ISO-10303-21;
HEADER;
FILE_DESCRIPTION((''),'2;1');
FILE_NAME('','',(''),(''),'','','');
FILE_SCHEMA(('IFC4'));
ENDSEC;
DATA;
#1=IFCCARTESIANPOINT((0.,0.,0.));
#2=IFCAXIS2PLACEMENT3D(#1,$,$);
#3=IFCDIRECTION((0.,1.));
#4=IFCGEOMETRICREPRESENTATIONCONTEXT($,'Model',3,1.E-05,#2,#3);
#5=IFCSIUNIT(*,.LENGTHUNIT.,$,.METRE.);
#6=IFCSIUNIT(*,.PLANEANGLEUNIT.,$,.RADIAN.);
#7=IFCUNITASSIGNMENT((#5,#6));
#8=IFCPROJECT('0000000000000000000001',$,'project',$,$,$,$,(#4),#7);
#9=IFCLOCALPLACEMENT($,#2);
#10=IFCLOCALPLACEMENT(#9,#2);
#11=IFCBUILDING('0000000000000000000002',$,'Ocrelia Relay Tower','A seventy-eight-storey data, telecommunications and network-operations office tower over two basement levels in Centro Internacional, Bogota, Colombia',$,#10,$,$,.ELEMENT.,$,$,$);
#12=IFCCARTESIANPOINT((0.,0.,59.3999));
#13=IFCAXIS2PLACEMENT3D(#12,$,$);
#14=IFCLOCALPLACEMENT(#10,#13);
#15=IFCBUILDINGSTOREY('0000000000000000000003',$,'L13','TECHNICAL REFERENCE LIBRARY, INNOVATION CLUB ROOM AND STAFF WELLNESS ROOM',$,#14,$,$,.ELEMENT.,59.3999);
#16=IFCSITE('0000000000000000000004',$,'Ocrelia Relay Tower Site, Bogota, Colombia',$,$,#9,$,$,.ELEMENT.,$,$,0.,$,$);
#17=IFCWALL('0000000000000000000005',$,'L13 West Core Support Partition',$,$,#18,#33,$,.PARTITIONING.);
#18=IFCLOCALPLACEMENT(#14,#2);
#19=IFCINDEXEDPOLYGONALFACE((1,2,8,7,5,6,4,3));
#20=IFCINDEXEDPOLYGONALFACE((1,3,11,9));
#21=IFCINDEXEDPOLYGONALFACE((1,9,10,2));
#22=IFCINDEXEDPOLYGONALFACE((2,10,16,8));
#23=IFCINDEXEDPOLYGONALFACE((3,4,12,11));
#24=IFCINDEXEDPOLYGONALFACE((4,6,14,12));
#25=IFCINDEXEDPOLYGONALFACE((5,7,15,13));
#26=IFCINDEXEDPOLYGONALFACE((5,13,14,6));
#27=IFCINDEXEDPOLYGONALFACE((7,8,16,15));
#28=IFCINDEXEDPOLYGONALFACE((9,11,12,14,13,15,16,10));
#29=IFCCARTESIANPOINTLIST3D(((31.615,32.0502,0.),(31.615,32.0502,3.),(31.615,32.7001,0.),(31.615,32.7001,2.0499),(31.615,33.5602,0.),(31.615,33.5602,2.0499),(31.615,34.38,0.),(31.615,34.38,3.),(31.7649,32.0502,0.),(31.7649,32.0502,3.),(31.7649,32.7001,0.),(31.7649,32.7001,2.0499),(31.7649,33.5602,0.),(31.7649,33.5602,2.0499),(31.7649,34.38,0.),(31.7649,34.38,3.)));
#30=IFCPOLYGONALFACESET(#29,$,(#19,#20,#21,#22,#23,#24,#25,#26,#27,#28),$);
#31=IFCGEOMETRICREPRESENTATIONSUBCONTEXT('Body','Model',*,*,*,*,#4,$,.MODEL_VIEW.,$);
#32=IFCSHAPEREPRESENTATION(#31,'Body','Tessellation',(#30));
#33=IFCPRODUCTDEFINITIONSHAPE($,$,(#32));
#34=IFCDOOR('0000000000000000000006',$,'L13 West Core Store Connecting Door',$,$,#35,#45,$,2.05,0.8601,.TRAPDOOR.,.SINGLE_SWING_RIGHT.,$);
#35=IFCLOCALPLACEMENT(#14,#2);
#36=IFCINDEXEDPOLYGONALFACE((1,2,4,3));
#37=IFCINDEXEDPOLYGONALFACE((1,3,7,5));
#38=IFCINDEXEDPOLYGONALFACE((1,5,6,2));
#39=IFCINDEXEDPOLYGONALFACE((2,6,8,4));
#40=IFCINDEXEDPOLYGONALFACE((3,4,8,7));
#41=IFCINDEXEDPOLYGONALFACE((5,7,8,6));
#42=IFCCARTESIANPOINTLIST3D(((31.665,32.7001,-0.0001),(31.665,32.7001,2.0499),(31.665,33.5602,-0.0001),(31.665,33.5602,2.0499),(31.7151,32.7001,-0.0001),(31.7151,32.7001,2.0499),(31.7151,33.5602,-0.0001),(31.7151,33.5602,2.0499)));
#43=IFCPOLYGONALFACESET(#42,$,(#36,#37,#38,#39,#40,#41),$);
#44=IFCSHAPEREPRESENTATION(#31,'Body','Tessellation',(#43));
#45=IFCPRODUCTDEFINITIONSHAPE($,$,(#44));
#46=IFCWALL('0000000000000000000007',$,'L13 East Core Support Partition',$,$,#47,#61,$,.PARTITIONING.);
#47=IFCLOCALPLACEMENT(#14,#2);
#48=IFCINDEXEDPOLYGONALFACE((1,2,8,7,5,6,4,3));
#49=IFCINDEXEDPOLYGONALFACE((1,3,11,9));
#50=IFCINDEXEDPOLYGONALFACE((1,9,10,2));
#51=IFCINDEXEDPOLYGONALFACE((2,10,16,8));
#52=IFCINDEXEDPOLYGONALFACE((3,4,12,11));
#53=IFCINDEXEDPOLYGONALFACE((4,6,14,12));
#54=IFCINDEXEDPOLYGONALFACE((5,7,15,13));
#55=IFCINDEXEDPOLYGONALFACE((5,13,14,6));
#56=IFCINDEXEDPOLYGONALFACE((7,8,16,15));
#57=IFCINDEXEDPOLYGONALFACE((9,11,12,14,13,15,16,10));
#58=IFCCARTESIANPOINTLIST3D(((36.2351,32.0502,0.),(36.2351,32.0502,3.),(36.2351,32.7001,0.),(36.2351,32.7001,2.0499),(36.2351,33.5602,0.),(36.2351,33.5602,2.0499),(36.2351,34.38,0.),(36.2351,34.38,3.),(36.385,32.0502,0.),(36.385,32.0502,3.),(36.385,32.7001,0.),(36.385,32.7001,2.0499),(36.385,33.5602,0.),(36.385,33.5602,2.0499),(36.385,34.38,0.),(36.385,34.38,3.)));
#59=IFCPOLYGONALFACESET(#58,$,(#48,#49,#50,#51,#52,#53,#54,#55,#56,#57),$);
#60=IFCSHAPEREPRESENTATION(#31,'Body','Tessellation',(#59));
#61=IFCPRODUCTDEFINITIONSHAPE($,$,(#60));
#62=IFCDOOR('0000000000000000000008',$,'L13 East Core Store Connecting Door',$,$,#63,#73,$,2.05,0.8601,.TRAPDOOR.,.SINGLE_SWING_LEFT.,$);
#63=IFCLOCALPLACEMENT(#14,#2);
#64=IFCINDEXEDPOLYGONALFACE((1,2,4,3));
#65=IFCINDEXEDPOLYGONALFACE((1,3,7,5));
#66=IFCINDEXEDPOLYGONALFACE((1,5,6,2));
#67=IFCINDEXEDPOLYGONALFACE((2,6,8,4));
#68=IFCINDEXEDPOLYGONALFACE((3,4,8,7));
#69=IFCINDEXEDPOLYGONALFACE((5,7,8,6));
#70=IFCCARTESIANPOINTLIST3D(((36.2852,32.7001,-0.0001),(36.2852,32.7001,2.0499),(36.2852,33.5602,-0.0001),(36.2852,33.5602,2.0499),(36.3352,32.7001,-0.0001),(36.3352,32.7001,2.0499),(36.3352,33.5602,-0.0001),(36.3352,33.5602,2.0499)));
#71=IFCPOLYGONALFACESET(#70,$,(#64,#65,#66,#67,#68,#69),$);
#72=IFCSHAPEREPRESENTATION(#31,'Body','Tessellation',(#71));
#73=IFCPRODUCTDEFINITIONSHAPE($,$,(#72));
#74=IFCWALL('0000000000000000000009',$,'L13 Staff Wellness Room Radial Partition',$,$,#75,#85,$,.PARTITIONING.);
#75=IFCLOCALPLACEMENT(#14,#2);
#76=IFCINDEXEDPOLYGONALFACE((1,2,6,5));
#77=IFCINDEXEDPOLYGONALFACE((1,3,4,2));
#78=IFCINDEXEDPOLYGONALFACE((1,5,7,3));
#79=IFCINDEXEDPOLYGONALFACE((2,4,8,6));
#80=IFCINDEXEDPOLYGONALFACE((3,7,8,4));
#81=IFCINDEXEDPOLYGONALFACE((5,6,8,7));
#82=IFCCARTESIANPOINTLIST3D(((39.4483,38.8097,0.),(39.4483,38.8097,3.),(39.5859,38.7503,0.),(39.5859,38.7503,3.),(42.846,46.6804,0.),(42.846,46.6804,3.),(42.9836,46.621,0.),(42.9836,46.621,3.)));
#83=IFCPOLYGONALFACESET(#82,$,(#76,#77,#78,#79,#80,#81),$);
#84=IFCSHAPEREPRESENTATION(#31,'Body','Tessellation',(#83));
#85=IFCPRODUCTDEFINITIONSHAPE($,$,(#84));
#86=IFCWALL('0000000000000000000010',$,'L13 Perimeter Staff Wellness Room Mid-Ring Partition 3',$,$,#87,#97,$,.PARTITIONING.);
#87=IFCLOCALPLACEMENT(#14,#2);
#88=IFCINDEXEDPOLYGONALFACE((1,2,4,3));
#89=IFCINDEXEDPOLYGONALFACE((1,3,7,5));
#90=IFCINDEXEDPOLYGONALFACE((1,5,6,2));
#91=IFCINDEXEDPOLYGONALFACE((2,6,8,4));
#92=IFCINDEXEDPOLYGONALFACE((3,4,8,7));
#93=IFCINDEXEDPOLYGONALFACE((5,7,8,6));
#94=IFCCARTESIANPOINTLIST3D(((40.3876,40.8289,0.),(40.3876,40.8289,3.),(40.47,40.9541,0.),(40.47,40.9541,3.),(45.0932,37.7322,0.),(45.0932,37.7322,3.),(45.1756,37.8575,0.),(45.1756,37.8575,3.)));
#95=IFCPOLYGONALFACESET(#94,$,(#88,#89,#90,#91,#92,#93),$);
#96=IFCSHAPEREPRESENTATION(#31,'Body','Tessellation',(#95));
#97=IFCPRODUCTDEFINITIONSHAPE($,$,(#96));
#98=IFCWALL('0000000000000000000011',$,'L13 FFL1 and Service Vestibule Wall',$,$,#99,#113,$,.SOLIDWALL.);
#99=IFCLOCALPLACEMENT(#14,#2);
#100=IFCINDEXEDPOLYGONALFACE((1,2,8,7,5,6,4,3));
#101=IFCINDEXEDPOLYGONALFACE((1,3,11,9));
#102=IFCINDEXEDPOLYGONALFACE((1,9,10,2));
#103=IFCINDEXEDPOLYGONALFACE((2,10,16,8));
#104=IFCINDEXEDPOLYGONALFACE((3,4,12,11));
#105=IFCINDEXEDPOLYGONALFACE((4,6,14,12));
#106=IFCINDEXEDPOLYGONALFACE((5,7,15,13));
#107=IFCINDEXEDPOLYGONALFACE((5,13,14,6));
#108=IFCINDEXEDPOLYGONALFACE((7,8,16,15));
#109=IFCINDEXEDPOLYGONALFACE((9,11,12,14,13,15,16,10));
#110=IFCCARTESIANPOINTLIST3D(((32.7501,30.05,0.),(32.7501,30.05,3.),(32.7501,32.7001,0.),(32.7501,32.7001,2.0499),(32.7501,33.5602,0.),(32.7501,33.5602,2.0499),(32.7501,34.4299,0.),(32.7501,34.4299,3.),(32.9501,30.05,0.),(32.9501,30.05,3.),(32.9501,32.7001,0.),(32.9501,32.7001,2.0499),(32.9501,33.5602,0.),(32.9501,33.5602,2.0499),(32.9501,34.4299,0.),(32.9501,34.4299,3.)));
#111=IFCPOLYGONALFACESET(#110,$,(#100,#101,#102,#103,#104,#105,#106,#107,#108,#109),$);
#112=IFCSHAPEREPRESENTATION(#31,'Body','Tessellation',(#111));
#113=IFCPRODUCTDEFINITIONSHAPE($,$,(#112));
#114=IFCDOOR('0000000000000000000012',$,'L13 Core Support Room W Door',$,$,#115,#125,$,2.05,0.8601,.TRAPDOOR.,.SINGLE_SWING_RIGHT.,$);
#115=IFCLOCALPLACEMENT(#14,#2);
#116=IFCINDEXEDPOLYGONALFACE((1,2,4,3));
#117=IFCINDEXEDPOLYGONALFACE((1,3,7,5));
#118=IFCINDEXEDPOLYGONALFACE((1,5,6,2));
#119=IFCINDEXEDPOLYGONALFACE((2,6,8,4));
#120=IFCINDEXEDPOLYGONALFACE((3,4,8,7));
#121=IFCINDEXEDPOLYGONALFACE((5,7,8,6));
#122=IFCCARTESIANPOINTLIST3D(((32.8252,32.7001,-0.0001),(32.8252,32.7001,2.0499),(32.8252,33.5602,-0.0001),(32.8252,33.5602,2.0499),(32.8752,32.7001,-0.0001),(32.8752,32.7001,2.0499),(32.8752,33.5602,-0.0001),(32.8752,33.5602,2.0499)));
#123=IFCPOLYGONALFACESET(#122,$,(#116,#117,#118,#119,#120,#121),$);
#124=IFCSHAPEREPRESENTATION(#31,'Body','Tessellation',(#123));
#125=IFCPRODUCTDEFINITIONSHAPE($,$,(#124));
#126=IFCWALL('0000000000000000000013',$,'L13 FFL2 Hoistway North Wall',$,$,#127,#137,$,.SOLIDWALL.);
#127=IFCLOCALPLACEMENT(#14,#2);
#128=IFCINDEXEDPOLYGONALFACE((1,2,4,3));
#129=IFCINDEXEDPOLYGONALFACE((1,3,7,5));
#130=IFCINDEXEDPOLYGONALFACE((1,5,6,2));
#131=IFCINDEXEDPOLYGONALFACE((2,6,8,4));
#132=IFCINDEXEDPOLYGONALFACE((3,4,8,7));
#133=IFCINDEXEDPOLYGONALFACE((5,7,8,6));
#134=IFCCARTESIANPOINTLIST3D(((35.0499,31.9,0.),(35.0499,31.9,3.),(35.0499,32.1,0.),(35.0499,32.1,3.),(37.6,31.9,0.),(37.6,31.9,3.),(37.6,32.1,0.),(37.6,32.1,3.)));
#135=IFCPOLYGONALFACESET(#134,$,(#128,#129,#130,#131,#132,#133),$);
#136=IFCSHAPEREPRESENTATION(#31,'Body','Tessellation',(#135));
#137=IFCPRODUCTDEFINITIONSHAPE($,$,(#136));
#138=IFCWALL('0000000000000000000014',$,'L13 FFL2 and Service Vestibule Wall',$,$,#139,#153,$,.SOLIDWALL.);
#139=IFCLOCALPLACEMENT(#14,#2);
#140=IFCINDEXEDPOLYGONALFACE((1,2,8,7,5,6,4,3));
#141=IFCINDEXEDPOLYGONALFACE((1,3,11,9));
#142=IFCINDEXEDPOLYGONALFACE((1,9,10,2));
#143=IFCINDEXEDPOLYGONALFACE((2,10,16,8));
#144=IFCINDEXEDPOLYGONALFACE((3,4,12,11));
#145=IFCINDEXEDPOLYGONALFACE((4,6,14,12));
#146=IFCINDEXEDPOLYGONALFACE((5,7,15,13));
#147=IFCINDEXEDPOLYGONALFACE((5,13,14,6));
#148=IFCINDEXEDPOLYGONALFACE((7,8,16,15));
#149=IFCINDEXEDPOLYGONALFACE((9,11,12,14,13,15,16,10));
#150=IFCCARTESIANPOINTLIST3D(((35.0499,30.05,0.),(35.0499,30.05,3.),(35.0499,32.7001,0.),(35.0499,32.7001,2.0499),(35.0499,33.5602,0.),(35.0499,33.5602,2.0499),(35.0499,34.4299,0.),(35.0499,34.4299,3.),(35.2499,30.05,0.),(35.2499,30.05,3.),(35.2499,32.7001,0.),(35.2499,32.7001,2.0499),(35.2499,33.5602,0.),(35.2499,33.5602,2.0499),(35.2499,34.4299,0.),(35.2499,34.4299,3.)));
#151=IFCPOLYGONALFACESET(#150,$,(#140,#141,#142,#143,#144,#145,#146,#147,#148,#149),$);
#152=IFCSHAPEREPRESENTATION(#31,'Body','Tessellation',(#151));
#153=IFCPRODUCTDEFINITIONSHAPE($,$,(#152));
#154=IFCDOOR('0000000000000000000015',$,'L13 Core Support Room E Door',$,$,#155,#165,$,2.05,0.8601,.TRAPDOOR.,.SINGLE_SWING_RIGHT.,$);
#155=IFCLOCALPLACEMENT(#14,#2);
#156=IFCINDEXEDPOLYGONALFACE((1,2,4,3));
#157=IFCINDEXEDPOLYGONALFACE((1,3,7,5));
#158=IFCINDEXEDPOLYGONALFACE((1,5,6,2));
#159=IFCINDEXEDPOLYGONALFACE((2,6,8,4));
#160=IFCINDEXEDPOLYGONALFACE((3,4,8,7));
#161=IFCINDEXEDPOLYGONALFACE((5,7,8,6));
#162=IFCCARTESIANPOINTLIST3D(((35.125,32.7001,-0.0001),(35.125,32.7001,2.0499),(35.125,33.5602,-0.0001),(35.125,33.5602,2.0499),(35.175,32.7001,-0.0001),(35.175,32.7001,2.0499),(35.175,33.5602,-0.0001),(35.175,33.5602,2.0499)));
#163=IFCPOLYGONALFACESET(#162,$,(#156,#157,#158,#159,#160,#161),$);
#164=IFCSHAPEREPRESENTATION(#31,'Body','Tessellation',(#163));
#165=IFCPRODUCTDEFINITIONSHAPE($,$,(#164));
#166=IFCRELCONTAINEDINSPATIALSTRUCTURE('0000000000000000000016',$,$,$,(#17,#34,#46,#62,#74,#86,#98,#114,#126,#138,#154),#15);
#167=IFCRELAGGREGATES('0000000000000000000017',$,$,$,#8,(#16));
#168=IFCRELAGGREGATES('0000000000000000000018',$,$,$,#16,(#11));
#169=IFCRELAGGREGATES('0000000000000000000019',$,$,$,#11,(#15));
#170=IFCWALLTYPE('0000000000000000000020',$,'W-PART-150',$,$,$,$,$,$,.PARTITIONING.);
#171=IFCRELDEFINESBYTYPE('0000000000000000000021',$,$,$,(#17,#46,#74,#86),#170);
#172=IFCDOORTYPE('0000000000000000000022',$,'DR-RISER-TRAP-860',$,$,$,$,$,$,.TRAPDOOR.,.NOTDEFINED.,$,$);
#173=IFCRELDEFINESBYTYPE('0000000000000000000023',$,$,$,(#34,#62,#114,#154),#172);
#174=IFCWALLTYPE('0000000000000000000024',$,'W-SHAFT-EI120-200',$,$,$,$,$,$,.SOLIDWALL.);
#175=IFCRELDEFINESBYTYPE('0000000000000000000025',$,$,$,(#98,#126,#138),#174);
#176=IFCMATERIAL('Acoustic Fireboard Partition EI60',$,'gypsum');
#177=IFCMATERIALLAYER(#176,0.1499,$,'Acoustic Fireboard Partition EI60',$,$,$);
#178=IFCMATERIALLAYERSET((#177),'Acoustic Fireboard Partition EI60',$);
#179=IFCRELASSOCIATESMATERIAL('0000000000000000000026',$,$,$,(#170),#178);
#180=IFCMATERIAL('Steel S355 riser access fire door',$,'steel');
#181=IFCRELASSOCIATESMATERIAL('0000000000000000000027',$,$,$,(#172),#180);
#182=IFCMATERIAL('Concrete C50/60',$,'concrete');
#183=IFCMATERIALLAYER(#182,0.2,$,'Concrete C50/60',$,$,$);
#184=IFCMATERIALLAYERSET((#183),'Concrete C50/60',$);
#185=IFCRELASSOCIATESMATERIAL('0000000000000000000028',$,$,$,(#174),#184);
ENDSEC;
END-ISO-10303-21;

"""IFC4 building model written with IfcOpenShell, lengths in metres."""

from ifc_helpers import new_model, si_unit, direction, frame, frame_2d, origin, place, context, subcontext, project, spatial, rectangle, extrude, material, layer, layer_set, type_object, element, fill, save


model = new_model("IFC4")

# Units and contexts
model_context = context("Model", 3, precision=1e-05, world=origin(), true_north=direction((0.0, 1.0)))
body_context = subcontext(model_context, "Body", "Model", "MODEL_VIEW")
ifc_project = project(units=[si_unit("LENGTHUNIT", "METRE"), si_unit("PLANEANGLEUNIT", "RADIAN")], contexts=[model_context])

# Site, building, storey
site_placement = place(None, origin())
site = spatial("IfcSite", under=ifc_project, at=site_placement, Name="Ocrelia Relay Tower Site, Bogota, Colombia", CompositionType="ELEMENT", RefElevation=0.0)
building_placement = place(site_placement, origin())
building = spatial("IfcBuilding", under=site, at=building_placement, Name="Ocrelia Relay Tower", Description="A seventy-eight-storey data, telecommunications and network-operations office tower over two basement levels in Centro Internacional, Bogota, Colombia", CompositionType="ELEMENT")
storey_placement = place(building_placement, frame((0.0, 0.0, 59.3999)))
storey = spatial("IfcBuildingStorey", under=building, at=storey_placement, Name="L13", Description="TECHNICAL REFERENCE LIBRARY, INNOVATION CLUB ROOM AND STAFF WELLNESS ROOM", CompositionType="ELEMENT", Elevation=59.3999)

# Shared definitions
ifc_material_1 = material(Name="Concrete C50/60", Category="concrete")

# Walls, openings, doors
ifc_material_2 = material(Name="Acoustic Fireboard Partition EI60", Category="gypsum")
ifc_layer_1 = layer(ifc_material_2, 0.1499, Name="Acoustic Fireboard Partition EI60")
ifc_layer_set_1 = layer_set([ifc_layer_1], Name="Acoustic Fireboard Partition EI60")
wall_type_1 = type_object("IfcWallType", Name="W-PART-150", PredefinedType="PARTITIONING", material=ifc_layer_set_1)
wall_1_placement = place(storey_placement, frame((31.6899, 32.05, 0.0), z_axis=(0.0, 0.0, 1.0), x_axis=(0.0, 1.0, 0.0)))
wall_1 = element("IfcWall", 1, at=wall_1_placement, inside=storey, type_object=wall_type_1, Name="L13 West Core Support Partition", PredefinedType="PARTITIONING", context=body_context, shape_type="SweptSolid", body=[
    extrude(rectangle(XDim=2.3298, YDim=0.1499, at=frame_2d((1.165, 0.0))), origin(), (0.0, 0.0, 1.0), 3.0),
])
opening_1_placement = place(wall_1_placement, frame((0.6499, 0.0, 0.0)))
opening_1 = element("IfcOpeningElement", 2, at=opening_1_placement, cuts=wall_1, PredefinedType="OPENING", context=body_context, shape_type="SweptSolid", body=[
    extrude(rectangle(XDim=0.8601, YDim=2.05, at=frame_2d((0.4302, 1.0249))), frame((0.0, 0.085, 0.0), z_axis=(0.0, -1.0, 0.0), x_axis=(1.0, 0.0, 0.0)), (0.0, 0.0, 1.0), 0.1699),
])
ifc_material_3 = material(Name="Steel S355 riser access fire door", Category="steel")
door_type_1 = type_object("IfcDoorType", Name="DR-RISER-TRAP-860", OperationType="NOTDEFINED", PredefinedType="TRAPDOOR", material=ifc_material_3)
door_1_placement = place(opening_1_placement, origin())
door_1 = element("IfcDoor", 3, at=door_1_placement, inside=storey, type_object=door_type_1, Name="L13 West Core Store Connecting Door", OperationType="SINGLE_SWING_RIGHT", OverallHeight=2.05, OverallWidth=0.8601, PredefinedType="TRAPDOOR", context=body_context, shape_type="SweptSolid", body=[
    extrude(rectangle(XDim=0.8601, YDim=2.05, at=frame_2d((0.4302, 1.0249))), frame((0.0, 0.0249, 0.0), z_axis=(0.0, -1.0, 0.0), x_axis=(1.0, 0.0, 0.0)), (0.0, 0.0, 1.0), 0.05),
])
fill(opening_1, door_1)
wall_2_placement = place(storey_placement, frame((36.3101, 32.05, 0.0), z_axis=(0.0, 0.0, 1.0), x_axis=(0.0, 1.0, 0.0)))
wall_2 = element("IfcWall", 4, at=wall_2_placement, inside=storey, type_object=wall_type_1, Name="L13 East Core Support Partition", PredefinedType="PARTITIONING", context=body_context, shape_type="SweptSolid", body=[
    extrude(rectangle(XDim=2.3298, YDim=0.1499, at=frame_2d((1.165, 0.0))), origin(), (0.0, 0.0, 1.0), 3.0),
])
opening_2_placement = place(wall_2_placement, frame((0.6499, 0.0, 0.0)))
opening_2 = element("IfcOpeningElement", 5, at=opening_2_placement, cuts=wall_2, PredefinedType="OPENING", context=body_context, shape_type="SweptSolid", body=[
    extrude(rectangle(XDim=0.8601, YDim=2.05, at=frame_2d((0.4302, 1.0249))), frame((0.0, 0.085, 0.0), z_axis=(0.0, -1.0, 0.0), x_axis=(1.0, 0.0, 0.0)), (0.0, 0.0, 1.0), 0.1699),
])
door_2_placement = place(opening_2_placement, origin())
door_2 = element("IfcDoor", 6, at=door_2_placement, inside=storey, type_object=door_type_1, Name="L13 East Core Store Connecting Door", OperationType="SINGLE_SWING_LEFT", OverallHeight=2.05, OverallWidth=0.8601, PredefinedType="TRAPDOOR", context=body_context, shape_type="SweptSolid", body=[
    extrude(rectangle(XDim=0.8601, YDim=2.05, at=frame_2d((0.4302, 1.0249))), frame((0.0, 0.0249, 0.0), z_axis=(0.0, -1.0, 0.0), x_axis=(1.0, 0.0, 0.0)), (0.0, 0.0, 1.0), 0.05),
])
fill(opening_2, door_2)

# Walls
wall_3_placement = place(storey_placement, frame((39.5171, 38.78, 0.0), z_axis=(0.0, 0.0, 1.0), x_axis=(0.396341, 0.918103, 0.0)))
element("IfcWall", 7, at=wall_3_placement, inside=storey, type_object=wall_type_1, Name="L13 Staff Wellness Room Radial Partition", PredefinedType="PARTITIONING", context=body_context, shape_type="SweptSolid", body=[
    extrude(rectangle(XDim=8.5728, YDim=0.1499, at=frame_2d((4.2864, 0.0))), origin(), (0.0, 0.0, 1.0), 3.0),
])
wall_4_placement = place(storey_placement, frame((45.1343, 37.7949, 0.0), z_axis=(0.0, 0.0, 1.0), x_axis=(-0.835343, 0.54973, 0.0)))
element("IfcWall", 8, at=wall_4_placement, inside=storey, type_object=wall_type_1, Name="L13 Perimeter Staff Wellness Room Mid-Ring Partition 3", PredefinedType="PARTITIONING", context=body_context, shape_type="SweptSolid", body=[
    extrude(rectangle(XDim=5.6331, YDim=0.1499, at=frame_2d((2.8164, 0.0))), origin(), (0.0, 0.0, 1.0), 3.0),
])

# Wall, opening, door
ifc_layer_2 = layer(ifc_material_1, 0.2, Name="Concrete C50/60")
ifc_layer_set_2 = layer_set([ifc_layer_2], Name="Concrete C50/60")
wall_type_2 = type_object("IfcWallType", Name="W-SHAFT-EI120-200", PredefinedType="SOLIDWALL", material=ifc_layer_set_2)
wall_5_placement = place(storey_placement, frame((32.8501, 30.05, 0.0), z_axis=(0.0, 0.0, 1.0), x_axis=(0.0, 1.0, 0.0)))
wall_5 = element("IfcWall", 9, at=wall_5_placement, inside=storey, type_object=wall_type_2, Name="L13 FFL1 and Service Vestibule Wall", PredefinedType="SOLIDWALL", context=body_context, shape_type="SweptSolid", body=[
    extrude(rectangle(XDim=4.3799, YDim=0.2, at=frame_2d((2.1899, 0.0))), origin(), (0.0, 0.0, 1.0), 3.0),
])
opening_3_placement = place(wall_5_placement, frame((2.6499, 0.0, 0.0)))
opening_3 = element("IfcOpeningElement", 10, at=opening_3_placement, cuts=wall_5, PredefinedType="OPENING", context=body_context, shape_type="SweptSolid", body=[
    extrude(rectangle(XDim=0.8601, YDim=2.05, at=frame_2d((0.4302, 1.0249))), frame((0.0, 0.1099, 0.0), z_axis=(0.0, -1.0, 0.0), x_axis=(1.0, 0.0, 0.0)), (0.0, 0.0, 1.0), 0.22),
])
door_3_placement = place(opening_3_placement, origin())
door_3 = element("IfcDoor", 11, at=door_3_placement, inside=storey, type_object=door_type_1, Name="L13 Core Support Room W Door", OperationType="SINGLE_SWING_RIGHT", OverallHeight=2.05, OverallWidth=0.8601, PredefinedType="TRAPDOOR", context=body_context, shape_type="SweptSolid", body=[
    extrude(rectangle(XDim=0.8601, YDim=2.05, at=frame_2d((0.4302, 1.0249))), frame((0.0, 0.0249, 0.0), z_axis=(0.0, -1.0, 0.0), x_axis=(1.0, 0.0, 0.0)), (0.0, 0.0, 1.0), 0.05),
])
fill(opening_3, door_3)

# Wall
wall_6_placement = place(storey_placement, frame((35.05, 32.0, 0.0), z_axis=(0.0, 0.0, 1.0), x_axis=(1.0, 0.0, 0.0)))
element("IfcWall", 12, at=wall_6_placement, inside=storey, type_object=wall_type_2, Name="L13 FFL2 Hoistway North Wall", PredefinedType="SOLIDWALL", context=body_context, shape_type="SweptSolid", body=[
    extrude(rectangle(XDim=2.55, YDim=0.2, at=frame_2d((1.2749, 0.0))), origin(), (0.0, 0.0, 1.0), 3.0),
])

# Wall, opening, door
wall_7_placement = place(storey_placement, frame((35.1499, 30.05, 0.0), z_axis=(0.0, 0.0, 1.0), x_axis=(0.0, 1.0, 0.0)))
wall_7 = element("IfcWall", 13, at=wall_7_placement, inside=storey, type_object=wall_type_2, Name="L13 FFL2 and Service Vestibule Wall", PredefinedType="SOLIDWALL", context=body_context, shape_type="SweptSolid", body=[
    extrude(rectangle(XDim=4.3799, YDim=0.2, at=frame_2d((2.1899, 0.0))), origin(), (0.0, 0.0, 1.0), 3.0),
])
opening_4_placement = place(wall_7_placement, frame((2.6499, 0.0, 0.0)))
opening_4 = element("IfcOpeningElement", 14, at=opening_4_placement, cuts=wall_7, PredefinedType="OPENING", context=body_context, shape_type="SweptSolid", body=[
    extrude(rectangle(XDim=0.8601, YDim=2.05, at=frame_2d((0.4302, 1.0249))), frame((0.0, 0.1099, 0.0), z_axis=(0.0, -1.0, 0.0), x_axis=(1.0, 0.0, 0.0)), (0.0, 0.0, 1.0), 0.22),
])
door_4_placement = place(opening_4_placement, origin())
door_4 = element("IfcDoor", 15, at=door_4_placement, inside=storey, type_object=door_type_1, Name="L13 Core Support Room E Door", OperationType="SINGLE_SWING_RIGHT", OverallHeight=2.05, OverallWidth=0.8601, PredefinedType="TRAPDOOR", context=body_context, shape_type="SweptSolid", body=[
    extrude(rectangle(XDim=0.8601, YDim=2.05, at=frame_2d((0.4302, 1.0249))), frame((0.0, 0.0249, 0.0), z_axis=(0.0, -1.0, 0.0), x_axis=(1.0, 0.0, 0.0)), (0.0, 0.0, 1.0), 0.05),
])
fill(opening_4, door_4)

save(model, "model.ifc")
